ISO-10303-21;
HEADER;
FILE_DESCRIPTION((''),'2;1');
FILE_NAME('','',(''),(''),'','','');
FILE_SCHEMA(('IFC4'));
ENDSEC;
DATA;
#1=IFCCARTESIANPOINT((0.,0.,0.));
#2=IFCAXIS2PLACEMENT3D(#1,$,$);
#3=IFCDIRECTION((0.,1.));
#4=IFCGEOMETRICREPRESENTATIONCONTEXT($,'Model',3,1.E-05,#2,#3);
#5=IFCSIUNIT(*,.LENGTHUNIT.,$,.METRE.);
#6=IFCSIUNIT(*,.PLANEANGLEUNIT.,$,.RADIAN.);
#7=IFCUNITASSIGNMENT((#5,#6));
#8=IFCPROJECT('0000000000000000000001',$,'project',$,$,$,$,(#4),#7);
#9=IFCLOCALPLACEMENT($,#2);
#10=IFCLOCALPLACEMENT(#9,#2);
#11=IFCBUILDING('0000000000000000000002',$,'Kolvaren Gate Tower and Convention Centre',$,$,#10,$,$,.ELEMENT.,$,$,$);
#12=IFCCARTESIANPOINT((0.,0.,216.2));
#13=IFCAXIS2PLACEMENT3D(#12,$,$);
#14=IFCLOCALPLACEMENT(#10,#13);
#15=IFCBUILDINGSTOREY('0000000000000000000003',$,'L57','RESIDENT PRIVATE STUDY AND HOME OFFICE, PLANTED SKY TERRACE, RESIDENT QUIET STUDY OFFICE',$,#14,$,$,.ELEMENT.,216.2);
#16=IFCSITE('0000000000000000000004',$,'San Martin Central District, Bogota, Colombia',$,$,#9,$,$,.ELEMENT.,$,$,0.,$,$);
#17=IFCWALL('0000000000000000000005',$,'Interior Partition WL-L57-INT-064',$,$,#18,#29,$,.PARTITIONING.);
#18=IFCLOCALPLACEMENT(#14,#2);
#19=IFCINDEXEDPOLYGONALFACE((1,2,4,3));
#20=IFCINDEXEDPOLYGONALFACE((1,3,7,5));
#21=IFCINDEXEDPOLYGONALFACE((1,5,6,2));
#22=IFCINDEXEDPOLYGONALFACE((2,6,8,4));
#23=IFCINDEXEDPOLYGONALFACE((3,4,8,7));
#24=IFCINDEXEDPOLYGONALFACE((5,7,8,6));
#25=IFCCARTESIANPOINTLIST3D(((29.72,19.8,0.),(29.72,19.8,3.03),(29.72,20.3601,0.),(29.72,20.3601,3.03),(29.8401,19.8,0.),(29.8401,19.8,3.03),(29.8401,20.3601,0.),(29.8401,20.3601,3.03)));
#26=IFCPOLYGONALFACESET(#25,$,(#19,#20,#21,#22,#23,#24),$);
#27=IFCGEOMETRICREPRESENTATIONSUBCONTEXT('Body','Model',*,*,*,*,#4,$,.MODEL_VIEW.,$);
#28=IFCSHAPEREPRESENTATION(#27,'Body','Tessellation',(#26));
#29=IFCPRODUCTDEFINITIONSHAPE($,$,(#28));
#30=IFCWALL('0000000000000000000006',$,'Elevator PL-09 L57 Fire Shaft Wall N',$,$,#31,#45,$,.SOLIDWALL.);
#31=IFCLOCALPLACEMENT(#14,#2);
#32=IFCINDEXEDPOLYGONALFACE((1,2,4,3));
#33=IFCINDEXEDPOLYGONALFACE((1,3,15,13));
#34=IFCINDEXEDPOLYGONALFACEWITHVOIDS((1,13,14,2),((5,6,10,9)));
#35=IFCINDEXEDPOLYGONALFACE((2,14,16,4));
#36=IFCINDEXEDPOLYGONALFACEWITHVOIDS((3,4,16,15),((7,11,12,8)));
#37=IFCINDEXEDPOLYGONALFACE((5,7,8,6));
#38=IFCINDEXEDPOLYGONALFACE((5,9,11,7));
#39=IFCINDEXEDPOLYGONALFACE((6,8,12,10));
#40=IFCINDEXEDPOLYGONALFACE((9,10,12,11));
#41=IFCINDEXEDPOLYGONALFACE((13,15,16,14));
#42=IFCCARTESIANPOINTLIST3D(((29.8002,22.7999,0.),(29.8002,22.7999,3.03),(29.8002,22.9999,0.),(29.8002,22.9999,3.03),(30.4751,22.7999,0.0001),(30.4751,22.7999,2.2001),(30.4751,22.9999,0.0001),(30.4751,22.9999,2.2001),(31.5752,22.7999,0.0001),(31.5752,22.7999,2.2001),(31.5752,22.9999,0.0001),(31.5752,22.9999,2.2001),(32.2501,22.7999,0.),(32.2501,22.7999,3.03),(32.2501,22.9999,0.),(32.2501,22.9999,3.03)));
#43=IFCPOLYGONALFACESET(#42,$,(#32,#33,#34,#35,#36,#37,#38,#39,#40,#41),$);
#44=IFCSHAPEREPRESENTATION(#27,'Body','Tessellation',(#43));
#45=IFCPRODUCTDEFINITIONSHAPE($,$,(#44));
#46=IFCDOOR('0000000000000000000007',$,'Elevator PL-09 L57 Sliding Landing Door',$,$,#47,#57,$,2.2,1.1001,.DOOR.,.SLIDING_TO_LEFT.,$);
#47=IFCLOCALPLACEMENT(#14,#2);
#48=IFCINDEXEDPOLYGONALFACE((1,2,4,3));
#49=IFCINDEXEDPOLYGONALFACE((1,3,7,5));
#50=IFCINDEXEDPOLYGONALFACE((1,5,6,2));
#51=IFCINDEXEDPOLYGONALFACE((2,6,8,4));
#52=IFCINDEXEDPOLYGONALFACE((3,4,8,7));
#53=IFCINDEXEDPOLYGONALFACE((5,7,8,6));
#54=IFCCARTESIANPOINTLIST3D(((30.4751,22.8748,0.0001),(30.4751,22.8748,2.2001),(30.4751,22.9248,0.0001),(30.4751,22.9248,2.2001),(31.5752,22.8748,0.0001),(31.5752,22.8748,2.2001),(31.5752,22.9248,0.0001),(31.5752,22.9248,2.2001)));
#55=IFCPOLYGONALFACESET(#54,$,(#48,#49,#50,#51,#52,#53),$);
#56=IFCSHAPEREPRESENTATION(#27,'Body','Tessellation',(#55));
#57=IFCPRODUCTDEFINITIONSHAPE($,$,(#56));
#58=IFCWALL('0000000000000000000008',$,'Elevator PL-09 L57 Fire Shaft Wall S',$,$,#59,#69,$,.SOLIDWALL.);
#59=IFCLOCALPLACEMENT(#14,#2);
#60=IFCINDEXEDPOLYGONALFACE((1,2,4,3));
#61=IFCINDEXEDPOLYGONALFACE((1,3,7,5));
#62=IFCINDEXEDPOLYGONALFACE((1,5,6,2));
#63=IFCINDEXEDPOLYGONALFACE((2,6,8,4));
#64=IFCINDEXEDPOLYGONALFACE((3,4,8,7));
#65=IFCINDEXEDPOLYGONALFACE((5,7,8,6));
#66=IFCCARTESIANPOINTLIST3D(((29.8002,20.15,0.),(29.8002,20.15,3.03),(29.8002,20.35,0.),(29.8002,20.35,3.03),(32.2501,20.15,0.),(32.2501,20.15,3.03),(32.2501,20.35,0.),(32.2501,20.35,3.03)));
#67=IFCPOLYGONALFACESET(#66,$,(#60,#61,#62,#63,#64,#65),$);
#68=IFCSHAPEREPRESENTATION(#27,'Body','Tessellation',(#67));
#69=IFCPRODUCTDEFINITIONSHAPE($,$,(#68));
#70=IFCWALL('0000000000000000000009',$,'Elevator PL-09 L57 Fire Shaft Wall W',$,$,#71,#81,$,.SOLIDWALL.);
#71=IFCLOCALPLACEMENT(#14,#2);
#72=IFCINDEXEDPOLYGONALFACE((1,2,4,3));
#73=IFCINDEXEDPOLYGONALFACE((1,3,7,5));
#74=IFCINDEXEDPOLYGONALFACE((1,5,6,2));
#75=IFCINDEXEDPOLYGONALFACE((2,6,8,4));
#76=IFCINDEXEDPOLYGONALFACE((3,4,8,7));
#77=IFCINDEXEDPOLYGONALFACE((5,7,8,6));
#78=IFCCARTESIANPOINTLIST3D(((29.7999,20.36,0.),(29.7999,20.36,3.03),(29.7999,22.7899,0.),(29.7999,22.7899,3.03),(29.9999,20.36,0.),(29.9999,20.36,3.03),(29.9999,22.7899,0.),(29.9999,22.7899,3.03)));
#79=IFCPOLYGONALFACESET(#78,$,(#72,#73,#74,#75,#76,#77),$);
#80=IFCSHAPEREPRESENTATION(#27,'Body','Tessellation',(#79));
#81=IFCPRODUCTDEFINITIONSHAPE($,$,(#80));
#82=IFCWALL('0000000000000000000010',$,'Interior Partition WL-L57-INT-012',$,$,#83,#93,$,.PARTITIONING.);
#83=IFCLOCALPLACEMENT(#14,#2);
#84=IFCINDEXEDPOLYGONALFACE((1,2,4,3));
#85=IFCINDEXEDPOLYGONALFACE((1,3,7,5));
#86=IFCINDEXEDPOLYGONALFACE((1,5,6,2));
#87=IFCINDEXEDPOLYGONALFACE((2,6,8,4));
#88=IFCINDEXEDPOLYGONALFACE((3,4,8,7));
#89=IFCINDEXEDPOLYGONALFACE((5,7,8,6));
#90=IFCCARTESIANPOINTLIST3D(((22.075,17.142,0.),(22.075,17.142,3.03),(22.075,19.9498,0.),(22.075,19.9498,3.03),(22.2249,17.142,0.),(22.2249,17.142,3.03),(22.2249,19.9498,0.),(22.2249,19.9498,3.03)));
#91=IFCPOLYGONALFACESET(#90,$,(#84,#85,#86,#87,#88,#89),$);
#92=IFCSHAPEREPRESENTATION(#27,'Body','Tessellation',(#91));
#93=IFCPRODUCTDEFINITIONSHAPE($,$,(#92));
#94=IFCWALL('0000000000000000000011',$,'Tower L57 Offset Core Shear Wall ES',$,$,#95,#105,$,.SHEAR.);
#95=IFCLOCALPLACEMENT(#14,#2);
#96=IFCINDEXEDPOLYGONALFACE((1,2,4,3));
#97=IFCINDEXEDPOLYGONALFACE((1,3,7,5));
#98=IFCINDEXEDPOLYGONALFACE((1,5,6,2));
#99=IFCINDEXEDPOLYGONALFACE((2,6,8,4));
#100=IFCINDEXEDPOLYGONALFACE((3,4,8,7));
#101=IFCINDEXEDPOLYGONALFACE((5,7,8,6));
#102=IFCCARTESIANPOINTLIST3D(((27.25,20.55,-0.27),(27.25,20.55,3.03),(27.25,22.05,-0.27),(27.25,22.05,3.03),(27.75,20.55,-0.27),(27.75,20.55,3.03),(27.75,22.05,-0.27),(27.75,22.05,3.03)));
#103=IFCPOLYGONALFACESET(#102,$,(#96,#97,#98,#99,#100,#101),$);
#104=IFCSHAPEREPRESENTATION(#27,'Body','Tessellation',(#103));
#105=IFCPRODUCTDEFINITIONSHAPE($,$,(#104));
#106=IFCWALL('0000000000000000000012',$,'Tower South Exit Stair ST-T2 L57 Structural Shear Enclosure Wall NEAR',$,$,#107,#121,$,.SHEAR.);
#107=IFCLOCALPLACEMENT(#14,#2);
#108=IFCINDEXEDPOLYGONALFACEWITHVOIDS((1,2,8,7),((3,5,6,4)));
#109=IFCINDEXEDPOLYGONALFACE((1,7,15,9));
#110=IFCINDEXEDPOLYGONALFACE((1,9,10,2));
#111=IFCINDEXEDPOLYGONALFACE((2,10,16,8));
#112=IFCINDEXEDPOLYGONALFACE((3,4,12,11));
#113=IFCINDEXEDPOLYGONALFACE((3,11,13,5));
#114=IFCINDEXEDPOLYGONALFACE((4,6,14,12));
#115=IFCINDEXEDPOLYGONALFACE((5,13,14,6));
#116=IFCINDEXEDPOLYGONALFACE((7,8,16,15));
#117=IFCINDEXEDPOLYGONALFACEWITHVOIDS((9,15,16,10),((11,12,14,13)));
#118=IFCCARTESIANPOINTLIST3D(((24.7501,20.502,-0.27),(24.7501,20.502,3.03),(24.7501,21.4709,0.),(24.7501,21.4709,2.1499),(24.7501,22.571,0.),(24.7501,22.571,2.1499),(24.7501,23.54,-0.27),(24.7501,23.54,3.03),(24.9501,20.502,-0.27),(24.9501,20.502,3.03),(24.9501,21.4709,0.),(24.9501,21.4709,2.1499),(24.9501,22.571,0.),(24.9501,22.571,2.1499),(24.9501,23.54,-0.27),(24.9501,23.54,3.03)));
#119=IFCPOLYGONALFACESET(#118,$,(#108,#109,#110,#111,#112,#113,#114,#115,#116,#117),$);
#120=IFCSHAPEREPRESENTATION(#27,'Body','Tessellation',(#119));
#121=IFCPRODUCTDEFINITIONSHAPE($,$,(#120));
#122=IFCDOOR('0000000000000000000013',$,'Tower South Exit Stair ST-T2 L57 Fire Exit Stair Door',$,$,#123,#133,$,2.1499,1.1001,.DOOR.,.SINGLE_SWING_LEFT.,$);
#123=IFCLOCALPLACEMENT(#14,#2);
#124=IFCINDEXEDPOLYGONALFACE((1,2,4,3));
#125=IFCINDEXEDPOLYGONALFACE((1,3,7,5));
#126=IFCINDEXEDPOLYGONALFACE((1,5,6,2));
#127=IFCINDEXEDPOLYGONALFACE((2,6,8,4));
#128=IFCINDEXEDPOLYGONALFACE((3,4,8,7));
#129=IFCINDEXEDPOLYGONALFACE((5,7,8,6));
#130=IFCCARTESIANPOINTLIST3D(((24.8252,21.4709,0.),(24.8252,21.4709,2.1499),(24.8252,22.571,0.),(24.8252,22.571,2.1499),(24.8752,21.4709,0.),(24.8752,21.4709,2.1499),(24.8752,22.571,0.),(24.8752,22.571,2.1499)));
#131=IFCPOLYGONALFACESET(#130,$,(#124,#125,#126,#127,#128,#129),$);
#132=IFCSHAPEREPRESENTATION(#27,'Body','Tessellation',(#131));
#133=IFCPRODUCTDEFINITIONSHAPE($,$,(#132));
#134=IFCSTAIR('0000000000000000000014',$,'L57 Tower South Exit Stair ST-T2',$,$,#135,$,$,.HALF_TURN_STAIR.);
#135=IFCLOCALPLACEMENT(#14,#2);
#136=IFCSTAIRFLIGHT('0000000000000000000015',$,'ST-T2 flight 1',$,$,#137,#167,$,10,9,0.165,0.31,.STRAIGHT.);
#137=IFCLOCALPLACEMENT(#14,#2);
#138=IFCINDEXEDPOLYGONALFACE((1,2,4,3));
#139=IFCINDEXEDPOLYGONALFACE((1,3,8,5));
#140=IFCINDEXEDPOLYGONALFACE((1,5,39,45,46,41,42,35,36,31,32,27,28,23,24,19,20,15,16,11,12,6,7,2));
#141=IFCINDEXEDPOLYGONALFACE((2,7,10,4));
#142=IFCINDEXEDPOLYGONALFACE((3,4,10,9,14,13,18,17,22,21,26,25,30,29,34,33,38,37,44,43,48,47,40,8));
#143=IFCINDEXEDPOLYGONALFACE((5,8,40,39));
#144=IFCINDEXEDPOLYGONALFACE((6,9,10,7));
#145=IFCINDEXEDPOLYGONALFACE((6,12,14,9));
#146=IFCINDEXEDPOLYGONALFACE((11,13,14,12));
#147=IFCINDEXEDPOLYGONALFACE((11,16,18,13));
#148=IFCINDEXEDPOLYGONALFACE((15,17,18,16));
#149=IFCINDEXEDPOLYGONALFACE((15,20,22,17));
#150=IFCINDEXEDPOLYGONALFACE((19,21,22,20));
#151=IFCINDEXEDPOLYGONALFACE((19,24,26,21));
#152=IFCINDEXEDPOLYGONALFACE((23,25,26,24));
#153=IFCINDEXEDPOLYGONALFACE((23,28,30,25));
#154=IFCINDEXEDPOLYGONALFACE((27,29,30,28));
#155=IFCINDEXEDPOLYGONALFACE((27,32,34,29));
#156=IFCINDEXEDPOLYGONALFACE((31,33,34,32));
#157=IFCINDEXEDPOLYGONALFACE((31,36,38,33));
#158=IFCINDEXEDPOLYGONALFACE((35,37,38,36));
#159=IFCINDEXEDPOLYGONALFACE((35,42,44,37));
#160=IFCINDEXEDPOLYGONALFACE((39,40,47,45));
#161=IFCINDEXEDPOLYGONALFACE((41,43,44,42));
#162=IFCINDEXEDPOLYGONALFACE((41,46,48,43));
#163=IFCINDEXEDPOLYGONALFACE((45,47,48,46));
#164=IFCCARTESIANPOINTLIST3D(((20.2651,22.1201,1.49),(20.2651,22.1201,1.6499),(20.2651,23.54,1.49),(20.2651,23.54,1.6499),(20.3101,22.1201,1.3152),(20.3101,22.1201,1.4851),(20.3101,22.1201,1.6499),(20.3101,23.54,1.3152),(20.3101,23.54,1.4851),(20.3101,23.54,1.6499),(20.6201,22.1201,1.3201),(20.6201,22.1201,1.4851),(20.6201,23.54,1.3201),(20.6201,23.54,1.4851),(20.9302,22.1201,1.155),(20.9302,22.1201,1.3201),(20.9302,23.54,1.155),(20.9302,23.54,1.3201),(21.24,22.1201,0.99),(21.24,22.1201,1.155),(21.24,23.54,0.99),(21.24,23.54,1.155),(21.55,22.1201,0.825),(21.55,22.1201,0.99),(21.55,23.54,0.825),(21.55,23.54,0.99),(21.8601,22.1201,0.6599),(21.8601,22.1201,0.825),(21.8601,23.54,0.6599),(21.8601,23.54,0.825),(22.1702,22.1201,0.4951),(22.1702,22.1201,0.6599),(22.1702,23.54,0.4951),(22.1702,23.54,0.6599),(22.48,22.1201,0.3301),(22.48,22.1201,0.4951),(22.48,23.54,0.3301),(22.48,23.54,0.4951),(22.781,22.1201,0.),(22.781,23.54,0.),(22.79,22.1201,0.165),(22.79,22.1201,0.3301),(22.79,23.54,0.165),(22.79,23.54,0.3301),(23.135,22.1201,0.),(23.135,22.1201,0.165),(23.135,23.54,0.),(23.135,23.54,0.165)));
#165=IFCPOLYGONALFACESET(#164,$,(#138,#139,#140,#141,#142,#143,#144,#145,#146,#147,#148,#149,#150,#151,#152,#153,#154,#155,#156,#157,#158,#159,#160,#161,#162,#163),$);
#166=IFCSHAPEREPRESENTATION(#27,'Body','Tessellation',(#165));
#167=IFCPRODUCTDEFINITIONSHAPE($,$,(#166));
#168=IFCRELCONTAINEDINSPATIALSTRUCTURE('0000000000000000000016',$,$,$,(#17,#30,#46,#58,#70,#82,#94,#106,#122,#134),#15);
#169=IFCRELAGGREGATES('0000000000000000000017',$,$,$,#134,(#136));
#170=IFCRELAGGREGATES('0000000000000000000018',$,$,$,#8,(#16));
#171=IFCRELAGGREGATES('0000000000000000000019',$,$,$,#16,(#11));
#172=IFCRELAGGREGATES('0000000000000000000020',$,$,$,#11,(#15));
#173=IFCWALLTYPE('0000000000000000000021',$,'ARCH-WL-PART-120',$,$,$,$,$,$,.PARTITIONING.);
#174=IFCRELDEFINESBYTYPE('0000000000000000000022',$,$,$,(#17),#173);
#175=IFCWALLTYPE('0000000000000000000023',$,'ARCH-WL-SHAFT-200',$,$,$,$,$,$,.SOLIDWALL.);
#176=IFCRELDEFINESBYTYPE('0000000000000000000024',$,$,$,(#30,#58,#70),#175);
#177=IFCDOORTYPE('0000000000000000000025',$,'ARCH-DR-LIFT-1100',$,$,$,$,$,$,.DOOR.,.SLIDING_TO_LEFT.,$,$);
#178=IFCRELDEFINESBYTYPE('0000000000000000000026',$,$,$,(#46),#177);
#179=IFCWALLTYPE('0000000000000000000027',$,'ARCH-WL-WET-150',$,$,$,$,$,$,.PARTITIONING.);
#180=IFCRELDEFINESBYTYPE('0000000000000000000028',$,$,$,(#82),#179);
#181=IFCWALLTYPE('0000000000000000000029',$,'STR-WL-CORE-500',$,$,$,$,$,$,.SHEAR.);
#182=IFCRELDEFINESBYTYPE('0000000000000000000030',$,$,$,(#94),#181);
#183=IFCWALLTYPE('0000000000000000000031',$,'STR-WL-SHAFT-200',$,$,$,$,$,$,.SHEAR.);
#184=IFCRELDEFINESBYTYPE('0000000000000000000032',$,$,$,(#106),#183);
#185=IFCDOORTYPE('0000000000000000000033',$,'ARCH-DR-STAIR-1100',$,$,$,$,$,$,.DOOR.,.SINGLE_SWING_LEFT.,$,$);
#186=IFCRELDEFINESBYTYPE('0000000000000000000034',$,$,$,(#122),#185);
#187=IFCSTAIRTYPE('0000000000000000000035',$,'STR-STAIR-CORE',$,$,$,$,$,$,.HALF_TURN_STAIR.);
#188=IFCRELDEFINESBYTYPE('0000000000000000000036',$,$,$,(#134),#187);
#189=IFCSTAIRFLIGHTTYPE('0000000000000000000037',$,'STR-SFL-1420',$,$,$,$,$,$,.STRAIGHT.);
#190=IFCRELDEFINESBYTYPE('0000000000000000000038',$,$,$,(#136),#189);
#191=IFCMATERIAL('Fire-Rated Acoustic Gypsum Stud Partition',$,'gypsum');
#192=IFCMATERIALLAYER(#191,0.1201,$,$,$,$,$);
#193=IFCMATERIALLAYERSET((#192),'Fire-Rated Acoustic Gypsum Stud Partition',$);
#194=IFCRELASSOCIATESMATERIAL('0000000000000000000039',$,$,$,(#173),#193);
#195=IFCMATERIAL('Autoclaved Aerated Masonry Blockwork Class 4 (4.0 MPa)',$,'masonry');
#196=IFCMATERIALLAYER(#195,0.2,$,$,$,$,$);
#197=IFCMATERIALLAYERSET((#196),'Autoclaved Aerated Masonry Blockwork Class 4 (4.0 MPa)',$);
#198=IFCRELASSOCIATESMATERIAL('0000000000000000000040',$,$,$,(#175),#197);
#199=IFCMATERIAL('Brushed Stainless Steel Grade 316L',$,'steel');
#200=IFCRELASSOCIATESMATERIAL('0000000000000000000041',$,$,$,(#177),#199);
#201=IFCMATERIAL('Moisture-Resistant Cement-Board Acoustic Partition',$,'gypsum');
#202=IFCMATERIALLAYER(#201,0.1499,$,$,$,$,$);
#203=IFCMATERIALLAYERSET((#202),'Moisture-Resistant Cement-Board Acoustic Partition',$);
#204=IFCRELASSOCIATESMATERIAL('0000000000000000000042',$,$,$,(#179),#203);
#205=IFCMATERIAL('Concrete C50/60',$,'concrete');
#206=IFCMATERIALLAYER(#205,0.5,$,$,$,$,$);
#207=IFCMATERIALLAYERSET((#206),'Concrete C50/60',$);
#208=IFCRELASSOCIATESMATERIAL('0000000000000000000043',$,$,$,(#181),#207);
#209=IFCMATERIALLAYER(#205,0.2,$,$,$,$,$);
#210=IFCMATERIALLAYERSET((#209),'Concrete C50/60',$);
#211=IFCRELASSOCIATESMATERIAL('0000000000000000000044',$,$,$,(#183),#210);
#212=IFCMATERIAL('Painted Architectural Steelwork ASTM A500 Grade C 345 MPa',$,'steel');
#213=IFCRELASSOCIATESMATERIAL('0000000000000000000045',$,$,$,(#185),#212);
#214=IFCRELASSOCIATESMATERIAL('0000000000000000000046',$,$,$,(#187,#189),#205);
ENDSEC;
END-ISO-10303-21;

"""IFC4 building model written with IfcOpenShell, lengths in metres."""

from ifc_helpers import new_model, si_unit, direction, frame, frame_2d, origin, place, context, subcontext, project, spatial, polyline, rectangle, outline, extrude, material, layer, layer_set, type_object, element, fill, aggregate, save


model = new_model("IFC4")

# Units and contexts
model_context = context("Model", 3, precision=1e-05, world=origin(), true_north=direction((0.0, 1.0)))
body_context = subcontext(model_context, "Body", "Model", "MODEL_VIEW")
ifc_project = project(units=[si_unit("LENGTHUNIT", "METRE"), si_unit("PLANEANGLEUNIT", "RADIAN")], contexts=[model_context])

# Site, building, storey
site_placement = place(None, origin())
site = spatial("IfcSite", under=ifc_project, at=site_placement, Name="San Martin Central District, Bogota, Colombia", CompositionType="ELEMENT", RefElevation=0.0)
building_placement = place(site_placement, origin())
building = spatial("IfcBuilding", under=site, at=building_placement, Name="Kolvaren Gate Tower and Convention Centre", CompositionType="ELEMENT")
storey_placement = place(building_placement, frame((0.0, 0.0, 216.2)))
storey = spatial("IfcBuildingStorey", under=building, at=storey_placement, Name="L57", Description="RESIDENT PRIVATE STUDY AND HOME OFFICE, PLANTED SKY TERRACE, RESIDENT QUIET STUDY OFFICE", CompositionType="ELEMENT", Elevation=216.2)

# Shared definitions
ifc_material_1 = material(Name="Autoclaved Aerated Masonry Blockwork Class 4 (4.0 MPa)", Category="masonry")

# Shared definitions
ifc_material_2 = material(Name="Painted Architectural Steelwork ASTM A500 Grade C 345 MPa", Category="steel")

# Wall
ifc_material_3 = material(Name="Fire-Rated Acoustic Gypsum Stud Partition", Category="gypsum")
ifc_layer_1 = layer(ifc_material_3, 0.1201)
ifc_layer_set_1 = layer_set([ifc_layer_1], Name="Fire-Rated Acoustic Gypsum Stud Partition")
wall_type_1 = type_object("IfcWallType", Name="ARCH-WL-PART-120", PredefinedType="PARTITIONING", material=ifc_layer_set_1)
wall_1_placement = place(storey_placement, frame((29.78, 19.8, 0.0), z_axis=(0.0, 0.0, 1.0), x_axis=(0.0, 1.0, 0.0)))
element("IfcWall", 1, at=wall_1_placement, inside=storey, type_object=wall_type_1, Name="Interior Partition WL-L57-INT-064", PredefinedType="PARTITIONING", context=body_context, shape_type="SweptSolid", body=[
    extrude(rectangle(XDim=0.5601, YDim=0.1201, at=frame_2d((0.28, 0.0))), origin(), (0.0, 0.0, 1.0), 3.03),
])

# Wall, opening, door
ifc_layer_2 = layer(ifc_material_1, 0.2)
ifc_layer_set_2 = layer_set([ifc_layer_2], Name="Autoclaved Aerated Masonry Blockwork Class 4 (4.0 MPa)")
wall_type_2 = type_object("IfcWallType", Name="ARCH-WL-SHAFT-200", PredefinedType="SOLIDWALL", material=ifc_layer_set_2)
wall_2_placement = place(storey_placement, frame((29.8, 22.8999, 0.0), z_axis=(0.0, 0.0, 1.0), x_axis=(1.0, 0.0, 0.0)))
wall_2 = element("IfcWall", 2, at=wall_2_placement, inside=storey, type_object=wall_type_2, Name="Elevator PL-09 L57 Fire Shaft Wall N", PredefinedType="SOLIDWALL", context=body_context, shape_type="SweptSolid", body=[
    extrude(rectangle(XDim=2.45, YDim=0.2, at=frame_2d((1.2251, 0.0))), origin(), (0.0, 0.0, 1.0), 3.03),
])
opening_1_placement = place(wall_2_placement, frame((0.675, 0.0, 0.0)))
opening_1 = element("IfcOpeningElement", 3, at=opening_1_placement, cuts=wall_2, PredefinedType="OPENING", context=body_context, shape_type="SweptSolid", body=[
    extrude(rectangle(XDim=1.1001, YDim=2.2, at=frame_2d((0.55, 1.1001))), frame((0.0, 0.1099, 0.0), z_axis=(0.0, -1.0, 0.0), x_axis=(1.0, 0.0, 0.0)), (0.0, 0.0, 1.0), 0.22),
])
ifc_material_4 = material(Name="Brushed Stainless Steel Grade 316L", Category="steel")
door_type_1 = type_object("IfcDoorType", Name="ARCH-DR-LIFT-1100", OperationType="SLIDING_TO_LEFT", PredefinedType="DOOR", material=ifc_material_4)
door_1_placement = place(opening_1_placement, origin())
door_1 = element("IfcDoor", 4, at=door_1_placement, inside=storey, type_object=door_type_1, Name="Elevator PL-09 L57 Sliding Landing Door", OperationType="SLIDING_TO_LEFT", OverallHeight=2.2, OverallWidth=1.1001, PredefinedType="DOOR", context=body_context, shape_type="SweptSolid", body=[
    extrude(rectangle(XDim=1.1001, YDim=2.2, at=frame_2d((0.55, 1.1001))), frame((0.0, 0.0249, 0.0), z_axis=(0.0, -1.0, 0.0), x_axis=(1.0, 0.0, 0.0)), (0.0, 0.0, 1.0), 0.05),
])
fill(opening_1, door_1)

# Walls
wall_3_placement = place(storey_placement, frame((29.8, 20.25, 0.0), z_axis=(0.0, 0.0, 1.0), x_axis=(1.0, 0.0, 0.0)))
element("IfcWall", 5, at=wall_3_placement, inside=storey, type_object=wall_type_2, Name="Elevator PL-09 L57 Fire Shaft Wall S", PredefinedType="SOLIDWALL", context=body_context, shape_type="SweptSolid", body=[
    extrude(rectangle(XDim=2.45, YDim=0.2, at=frame_2d((1.2251, 0.0))), origin(), (0.0, 0.0, 1.0), 3.03),
])
wall_4_placement = place(storey_placement, frame((29.8999, 20.3601, 0.0), z_axis=(0.0, 0.0, 1.0), x_axis=(0.0, 1.0, 0.0)))
element("IfcWall", 6, at=wall_4_placement, inside=storey, type_object=wall_type_2, Name="Elevator PL-09 L57 Fire Shaft Wall W", PredefinedType="SOLIDWALL", context=body_context, shape_type="SweptSolid", body=[
    extrude(rectangle(XDim=2.4299, YDim=0.2, at=frame_2d((1.2148, 0.0))), origin(), (0.0, 0.0, 1.0), 3.03),
])
ifc_material_5 = material(Name="Moisture-Resistant Cement-Board Acoustic Partition", Category="gypsum")
ifc_layer_3 = layer(ifc_material_5, 0.1499)
ifc_layer_set_3 = layer_set([ifc_layer_3], Name="Moisture-Resistant Cement-Board Acoustic Partition")
wall_type_3 = type_object("IfcWallType", Name="ARCH-WL-WET-150", PredefinedType="PARTITIONING", material=ifc_layer_set_3)
wall_5_placement = place(storey_placement, frame((22.1499, 17.1421, 0.0), z_axis=(0.0, 0.0, 1.0), x_axis=(0.0, 1.0, 0.0)))
element("IfcWall", 7, at=wall_5_placement, inside=storey, type_object=wall_type_3, Name="Interior Partition WL-L57-INT-012", PredefinedType="PARTITIONING", context=body_context, shape_type="SweptSolid", body=[
    extrude(rectangle(XDim=2.8079, YDim=0.1499, at=frame_2d((1.4038, 0.0))), origin(), (0.0, 0.0, 1.0), 3.03),
])
ifc_material_6 = material(Name="Concrete C50/60", Category="concrete")
ifc_layer_4 = layer(ifc_material_6, 0.5)
ifc_layer_set_4 = layer_set([ifc_layer_4], Name="Concrete C50/60")
wall_type_4 = type_object("IfcWallType", Name="STR-WL-CORE-500", PredefinedType="SHEAR", material=ifc_layer_set_4)
wall_6_placement = place(storey_placement, frame((27.5, 20.55, -0.27), z_axis=(0.0, 0.0, 1.0), x_axis=(0.0, 1.0, 0.0)))
element("IfcWall", 8, at=wall_6_placement, inside=storey, type_object=wall_type_4, Name="Tower L57 Offset Core Shear Wall ES", PredefinedType="SHEAR", context=body_context, shape_type="SweptSolid", body=[
    extrude(rectangle(XDim=1.5, YDim=0.5, at=frame_2d((0.75, 0.0))), origin(), (0.0, 0.0, 1.0), 3.3),
])

# Wall, opening, door
ifc_layer_5 = layer(ifc_material_6, 0.2)
ifc_layer_set_5 = layer_set([ifc_layer_5], Name="Concrete C50/60")
wall_type_5 = type_object("IfcWallType", Name="STR-WL-SHAFT-200", PredefinedType="SHEAR", material=ifc_layer_set_5)
wall_7_placement = place(storey_placement, frame((24.8501, 20.502, -0.27), z_axis=(0.0, 0.0, 1.0), x_axis=(0.0, 1.0, 0.0)))
wall_7 = element("IfcWall", 9, at=wall_7_placement, inside=storey, type_object=wall_type_5, Name="Tower South Exit Stair ST-T2 L57 Structural Shear Enclosure Wall NEAR", PredefinedType="SHEAR", context=body_context, shape_type="SweptSolid", body=[
    extrude(rectangle(XDim=3.0381, YDim=0.2, at=frame_2d((1.519, 0.0))), origin(), (0.0, 0.0, 1.0), 3.3),
])
opening_2_placement = place(wall_7_placement, frame((0.969, 0.0, 0.27)))
opening_2 = element("IfcOpeningElement", 10, at=opening_2_placement, cuts=wall_7, PredefinedType="OPENING", context=body_context, shape_type="SweptSolid", body=[
    extrude(rectangle(XDim=1.1001, YDim=2.1499, at=frame_2d((0.55, 1.075))), frame((0.0, 0.1099, 0.0), z_axis=(0.0, -1.0, 0.0), x_axis=(1.0, 0.0, 0.0)), (0.0, 0.0, 1.0), 0.22),
])
door_type_2 = type_object("IfcDoorType", Name="ARCH-DR-STAIR-1100", OperationType="SINGLE_SWING_LEFT", PredefinedType="DOOR", material=ifc_material_2)
door_2_placement = place(opening_2_placement, origin())
door_2 = element("IfcDoor", 11, at=door_2_placement, inside=storey, type_object=door_type_2, Name="Tower South Exit Stair ST-T2 L57 Fire Exit Stair Door", OperationType="SINGLE_SWING_LEFT", OverallHeight=2.1499, OverallWidth=1.1001, PredefinedType="DOOR", context=body_context, shape_type="SweptSolid", body=[
    extrude(rectangle(XDim=1.1001, YDim=2.1499, at=frame_2d((0.55, 1.075))), frame((0.0, 0.0249, 0.0), z_axis=(0.0, -1.0, 0.0), x_axis=(1.0, 0.0, 0.0)), (0.0, 0.0, 1.0), 0.05),
])
fill(opening_2, door_2)

# Stair, stair flight
stair_type = type_object("IfcStairType", Name="STR-STAIR-CORE", PredefinedType="HALF_TURN_STAIR", material=ifc_material_6)
stair_placement = place(storey_placement, origin())
stair = element("IfcStair", 12, at=stair_placement, inside=storey, type_object=stair_type, Name="L57 Tower South Exit Stair ST-T2", PredefinedType="HALF_TURN_STAIR")
stair_flight_type = type_object("IfcStairFlightType", Name="STR-SFL-1420", PredefinedType="STRAIGHT", material=ifc_material_6)
stair_flight_1_placement = place(storey_placement, frame((23.1001, 22.8301, 0.0), z_axis=(0.0, 0.0, 1.0), x_axis=(-1.0, 0.0, 0.0)))
stair_flight_1 = element("IfcStairFlight", 13, at=stair_flight_1_placement, type_object=stair_flight_type, Name="ST-T2 flight 1", NumberOfRisers=10, NumberOfTreads=9, PredefinedType="STRAIGHT", RiserHeight=0.165, TreadLength=0.31, context=body_context, shape_type="SweptSolid", body=[
    extrude(outline(polyline([(-0.0349, 0.0), (-0.0349, 0.165), (0.3101, 0.165), (0.3101, 0.3301), (0.6201, 0.3301), (0.6201, 0.4951), (0.9299, 0.4951), (0.9299, 0.6599), (1.24, 0.6599), (1.24, 0.825), (1.55, 0.825), (1.55, 0.99), (1.8601, 0.99), (1.8601, 1.155), (2.1699, 1.155), (2.1699, 1.3201), (2.48, 1.3201), (2.48, 1.4851), (2.79, 1.4851), (2.79, 1.6499), (2.835, 1.6499), (2.835, 1.49), (2.79, 1.3152), (0.3191, 0.0), (-0.0349, 0.0)])), frame((0.0, 0.71, 0.0), z_axis=(0.0, -1.0, 0.0), x_axis=(1.0, 0.0, 0.0)), (0.0, 0.0, 1.0), 1.4199),
])
aggregate(stair, [stair_flight_1])

save(model, "model.ifc")
